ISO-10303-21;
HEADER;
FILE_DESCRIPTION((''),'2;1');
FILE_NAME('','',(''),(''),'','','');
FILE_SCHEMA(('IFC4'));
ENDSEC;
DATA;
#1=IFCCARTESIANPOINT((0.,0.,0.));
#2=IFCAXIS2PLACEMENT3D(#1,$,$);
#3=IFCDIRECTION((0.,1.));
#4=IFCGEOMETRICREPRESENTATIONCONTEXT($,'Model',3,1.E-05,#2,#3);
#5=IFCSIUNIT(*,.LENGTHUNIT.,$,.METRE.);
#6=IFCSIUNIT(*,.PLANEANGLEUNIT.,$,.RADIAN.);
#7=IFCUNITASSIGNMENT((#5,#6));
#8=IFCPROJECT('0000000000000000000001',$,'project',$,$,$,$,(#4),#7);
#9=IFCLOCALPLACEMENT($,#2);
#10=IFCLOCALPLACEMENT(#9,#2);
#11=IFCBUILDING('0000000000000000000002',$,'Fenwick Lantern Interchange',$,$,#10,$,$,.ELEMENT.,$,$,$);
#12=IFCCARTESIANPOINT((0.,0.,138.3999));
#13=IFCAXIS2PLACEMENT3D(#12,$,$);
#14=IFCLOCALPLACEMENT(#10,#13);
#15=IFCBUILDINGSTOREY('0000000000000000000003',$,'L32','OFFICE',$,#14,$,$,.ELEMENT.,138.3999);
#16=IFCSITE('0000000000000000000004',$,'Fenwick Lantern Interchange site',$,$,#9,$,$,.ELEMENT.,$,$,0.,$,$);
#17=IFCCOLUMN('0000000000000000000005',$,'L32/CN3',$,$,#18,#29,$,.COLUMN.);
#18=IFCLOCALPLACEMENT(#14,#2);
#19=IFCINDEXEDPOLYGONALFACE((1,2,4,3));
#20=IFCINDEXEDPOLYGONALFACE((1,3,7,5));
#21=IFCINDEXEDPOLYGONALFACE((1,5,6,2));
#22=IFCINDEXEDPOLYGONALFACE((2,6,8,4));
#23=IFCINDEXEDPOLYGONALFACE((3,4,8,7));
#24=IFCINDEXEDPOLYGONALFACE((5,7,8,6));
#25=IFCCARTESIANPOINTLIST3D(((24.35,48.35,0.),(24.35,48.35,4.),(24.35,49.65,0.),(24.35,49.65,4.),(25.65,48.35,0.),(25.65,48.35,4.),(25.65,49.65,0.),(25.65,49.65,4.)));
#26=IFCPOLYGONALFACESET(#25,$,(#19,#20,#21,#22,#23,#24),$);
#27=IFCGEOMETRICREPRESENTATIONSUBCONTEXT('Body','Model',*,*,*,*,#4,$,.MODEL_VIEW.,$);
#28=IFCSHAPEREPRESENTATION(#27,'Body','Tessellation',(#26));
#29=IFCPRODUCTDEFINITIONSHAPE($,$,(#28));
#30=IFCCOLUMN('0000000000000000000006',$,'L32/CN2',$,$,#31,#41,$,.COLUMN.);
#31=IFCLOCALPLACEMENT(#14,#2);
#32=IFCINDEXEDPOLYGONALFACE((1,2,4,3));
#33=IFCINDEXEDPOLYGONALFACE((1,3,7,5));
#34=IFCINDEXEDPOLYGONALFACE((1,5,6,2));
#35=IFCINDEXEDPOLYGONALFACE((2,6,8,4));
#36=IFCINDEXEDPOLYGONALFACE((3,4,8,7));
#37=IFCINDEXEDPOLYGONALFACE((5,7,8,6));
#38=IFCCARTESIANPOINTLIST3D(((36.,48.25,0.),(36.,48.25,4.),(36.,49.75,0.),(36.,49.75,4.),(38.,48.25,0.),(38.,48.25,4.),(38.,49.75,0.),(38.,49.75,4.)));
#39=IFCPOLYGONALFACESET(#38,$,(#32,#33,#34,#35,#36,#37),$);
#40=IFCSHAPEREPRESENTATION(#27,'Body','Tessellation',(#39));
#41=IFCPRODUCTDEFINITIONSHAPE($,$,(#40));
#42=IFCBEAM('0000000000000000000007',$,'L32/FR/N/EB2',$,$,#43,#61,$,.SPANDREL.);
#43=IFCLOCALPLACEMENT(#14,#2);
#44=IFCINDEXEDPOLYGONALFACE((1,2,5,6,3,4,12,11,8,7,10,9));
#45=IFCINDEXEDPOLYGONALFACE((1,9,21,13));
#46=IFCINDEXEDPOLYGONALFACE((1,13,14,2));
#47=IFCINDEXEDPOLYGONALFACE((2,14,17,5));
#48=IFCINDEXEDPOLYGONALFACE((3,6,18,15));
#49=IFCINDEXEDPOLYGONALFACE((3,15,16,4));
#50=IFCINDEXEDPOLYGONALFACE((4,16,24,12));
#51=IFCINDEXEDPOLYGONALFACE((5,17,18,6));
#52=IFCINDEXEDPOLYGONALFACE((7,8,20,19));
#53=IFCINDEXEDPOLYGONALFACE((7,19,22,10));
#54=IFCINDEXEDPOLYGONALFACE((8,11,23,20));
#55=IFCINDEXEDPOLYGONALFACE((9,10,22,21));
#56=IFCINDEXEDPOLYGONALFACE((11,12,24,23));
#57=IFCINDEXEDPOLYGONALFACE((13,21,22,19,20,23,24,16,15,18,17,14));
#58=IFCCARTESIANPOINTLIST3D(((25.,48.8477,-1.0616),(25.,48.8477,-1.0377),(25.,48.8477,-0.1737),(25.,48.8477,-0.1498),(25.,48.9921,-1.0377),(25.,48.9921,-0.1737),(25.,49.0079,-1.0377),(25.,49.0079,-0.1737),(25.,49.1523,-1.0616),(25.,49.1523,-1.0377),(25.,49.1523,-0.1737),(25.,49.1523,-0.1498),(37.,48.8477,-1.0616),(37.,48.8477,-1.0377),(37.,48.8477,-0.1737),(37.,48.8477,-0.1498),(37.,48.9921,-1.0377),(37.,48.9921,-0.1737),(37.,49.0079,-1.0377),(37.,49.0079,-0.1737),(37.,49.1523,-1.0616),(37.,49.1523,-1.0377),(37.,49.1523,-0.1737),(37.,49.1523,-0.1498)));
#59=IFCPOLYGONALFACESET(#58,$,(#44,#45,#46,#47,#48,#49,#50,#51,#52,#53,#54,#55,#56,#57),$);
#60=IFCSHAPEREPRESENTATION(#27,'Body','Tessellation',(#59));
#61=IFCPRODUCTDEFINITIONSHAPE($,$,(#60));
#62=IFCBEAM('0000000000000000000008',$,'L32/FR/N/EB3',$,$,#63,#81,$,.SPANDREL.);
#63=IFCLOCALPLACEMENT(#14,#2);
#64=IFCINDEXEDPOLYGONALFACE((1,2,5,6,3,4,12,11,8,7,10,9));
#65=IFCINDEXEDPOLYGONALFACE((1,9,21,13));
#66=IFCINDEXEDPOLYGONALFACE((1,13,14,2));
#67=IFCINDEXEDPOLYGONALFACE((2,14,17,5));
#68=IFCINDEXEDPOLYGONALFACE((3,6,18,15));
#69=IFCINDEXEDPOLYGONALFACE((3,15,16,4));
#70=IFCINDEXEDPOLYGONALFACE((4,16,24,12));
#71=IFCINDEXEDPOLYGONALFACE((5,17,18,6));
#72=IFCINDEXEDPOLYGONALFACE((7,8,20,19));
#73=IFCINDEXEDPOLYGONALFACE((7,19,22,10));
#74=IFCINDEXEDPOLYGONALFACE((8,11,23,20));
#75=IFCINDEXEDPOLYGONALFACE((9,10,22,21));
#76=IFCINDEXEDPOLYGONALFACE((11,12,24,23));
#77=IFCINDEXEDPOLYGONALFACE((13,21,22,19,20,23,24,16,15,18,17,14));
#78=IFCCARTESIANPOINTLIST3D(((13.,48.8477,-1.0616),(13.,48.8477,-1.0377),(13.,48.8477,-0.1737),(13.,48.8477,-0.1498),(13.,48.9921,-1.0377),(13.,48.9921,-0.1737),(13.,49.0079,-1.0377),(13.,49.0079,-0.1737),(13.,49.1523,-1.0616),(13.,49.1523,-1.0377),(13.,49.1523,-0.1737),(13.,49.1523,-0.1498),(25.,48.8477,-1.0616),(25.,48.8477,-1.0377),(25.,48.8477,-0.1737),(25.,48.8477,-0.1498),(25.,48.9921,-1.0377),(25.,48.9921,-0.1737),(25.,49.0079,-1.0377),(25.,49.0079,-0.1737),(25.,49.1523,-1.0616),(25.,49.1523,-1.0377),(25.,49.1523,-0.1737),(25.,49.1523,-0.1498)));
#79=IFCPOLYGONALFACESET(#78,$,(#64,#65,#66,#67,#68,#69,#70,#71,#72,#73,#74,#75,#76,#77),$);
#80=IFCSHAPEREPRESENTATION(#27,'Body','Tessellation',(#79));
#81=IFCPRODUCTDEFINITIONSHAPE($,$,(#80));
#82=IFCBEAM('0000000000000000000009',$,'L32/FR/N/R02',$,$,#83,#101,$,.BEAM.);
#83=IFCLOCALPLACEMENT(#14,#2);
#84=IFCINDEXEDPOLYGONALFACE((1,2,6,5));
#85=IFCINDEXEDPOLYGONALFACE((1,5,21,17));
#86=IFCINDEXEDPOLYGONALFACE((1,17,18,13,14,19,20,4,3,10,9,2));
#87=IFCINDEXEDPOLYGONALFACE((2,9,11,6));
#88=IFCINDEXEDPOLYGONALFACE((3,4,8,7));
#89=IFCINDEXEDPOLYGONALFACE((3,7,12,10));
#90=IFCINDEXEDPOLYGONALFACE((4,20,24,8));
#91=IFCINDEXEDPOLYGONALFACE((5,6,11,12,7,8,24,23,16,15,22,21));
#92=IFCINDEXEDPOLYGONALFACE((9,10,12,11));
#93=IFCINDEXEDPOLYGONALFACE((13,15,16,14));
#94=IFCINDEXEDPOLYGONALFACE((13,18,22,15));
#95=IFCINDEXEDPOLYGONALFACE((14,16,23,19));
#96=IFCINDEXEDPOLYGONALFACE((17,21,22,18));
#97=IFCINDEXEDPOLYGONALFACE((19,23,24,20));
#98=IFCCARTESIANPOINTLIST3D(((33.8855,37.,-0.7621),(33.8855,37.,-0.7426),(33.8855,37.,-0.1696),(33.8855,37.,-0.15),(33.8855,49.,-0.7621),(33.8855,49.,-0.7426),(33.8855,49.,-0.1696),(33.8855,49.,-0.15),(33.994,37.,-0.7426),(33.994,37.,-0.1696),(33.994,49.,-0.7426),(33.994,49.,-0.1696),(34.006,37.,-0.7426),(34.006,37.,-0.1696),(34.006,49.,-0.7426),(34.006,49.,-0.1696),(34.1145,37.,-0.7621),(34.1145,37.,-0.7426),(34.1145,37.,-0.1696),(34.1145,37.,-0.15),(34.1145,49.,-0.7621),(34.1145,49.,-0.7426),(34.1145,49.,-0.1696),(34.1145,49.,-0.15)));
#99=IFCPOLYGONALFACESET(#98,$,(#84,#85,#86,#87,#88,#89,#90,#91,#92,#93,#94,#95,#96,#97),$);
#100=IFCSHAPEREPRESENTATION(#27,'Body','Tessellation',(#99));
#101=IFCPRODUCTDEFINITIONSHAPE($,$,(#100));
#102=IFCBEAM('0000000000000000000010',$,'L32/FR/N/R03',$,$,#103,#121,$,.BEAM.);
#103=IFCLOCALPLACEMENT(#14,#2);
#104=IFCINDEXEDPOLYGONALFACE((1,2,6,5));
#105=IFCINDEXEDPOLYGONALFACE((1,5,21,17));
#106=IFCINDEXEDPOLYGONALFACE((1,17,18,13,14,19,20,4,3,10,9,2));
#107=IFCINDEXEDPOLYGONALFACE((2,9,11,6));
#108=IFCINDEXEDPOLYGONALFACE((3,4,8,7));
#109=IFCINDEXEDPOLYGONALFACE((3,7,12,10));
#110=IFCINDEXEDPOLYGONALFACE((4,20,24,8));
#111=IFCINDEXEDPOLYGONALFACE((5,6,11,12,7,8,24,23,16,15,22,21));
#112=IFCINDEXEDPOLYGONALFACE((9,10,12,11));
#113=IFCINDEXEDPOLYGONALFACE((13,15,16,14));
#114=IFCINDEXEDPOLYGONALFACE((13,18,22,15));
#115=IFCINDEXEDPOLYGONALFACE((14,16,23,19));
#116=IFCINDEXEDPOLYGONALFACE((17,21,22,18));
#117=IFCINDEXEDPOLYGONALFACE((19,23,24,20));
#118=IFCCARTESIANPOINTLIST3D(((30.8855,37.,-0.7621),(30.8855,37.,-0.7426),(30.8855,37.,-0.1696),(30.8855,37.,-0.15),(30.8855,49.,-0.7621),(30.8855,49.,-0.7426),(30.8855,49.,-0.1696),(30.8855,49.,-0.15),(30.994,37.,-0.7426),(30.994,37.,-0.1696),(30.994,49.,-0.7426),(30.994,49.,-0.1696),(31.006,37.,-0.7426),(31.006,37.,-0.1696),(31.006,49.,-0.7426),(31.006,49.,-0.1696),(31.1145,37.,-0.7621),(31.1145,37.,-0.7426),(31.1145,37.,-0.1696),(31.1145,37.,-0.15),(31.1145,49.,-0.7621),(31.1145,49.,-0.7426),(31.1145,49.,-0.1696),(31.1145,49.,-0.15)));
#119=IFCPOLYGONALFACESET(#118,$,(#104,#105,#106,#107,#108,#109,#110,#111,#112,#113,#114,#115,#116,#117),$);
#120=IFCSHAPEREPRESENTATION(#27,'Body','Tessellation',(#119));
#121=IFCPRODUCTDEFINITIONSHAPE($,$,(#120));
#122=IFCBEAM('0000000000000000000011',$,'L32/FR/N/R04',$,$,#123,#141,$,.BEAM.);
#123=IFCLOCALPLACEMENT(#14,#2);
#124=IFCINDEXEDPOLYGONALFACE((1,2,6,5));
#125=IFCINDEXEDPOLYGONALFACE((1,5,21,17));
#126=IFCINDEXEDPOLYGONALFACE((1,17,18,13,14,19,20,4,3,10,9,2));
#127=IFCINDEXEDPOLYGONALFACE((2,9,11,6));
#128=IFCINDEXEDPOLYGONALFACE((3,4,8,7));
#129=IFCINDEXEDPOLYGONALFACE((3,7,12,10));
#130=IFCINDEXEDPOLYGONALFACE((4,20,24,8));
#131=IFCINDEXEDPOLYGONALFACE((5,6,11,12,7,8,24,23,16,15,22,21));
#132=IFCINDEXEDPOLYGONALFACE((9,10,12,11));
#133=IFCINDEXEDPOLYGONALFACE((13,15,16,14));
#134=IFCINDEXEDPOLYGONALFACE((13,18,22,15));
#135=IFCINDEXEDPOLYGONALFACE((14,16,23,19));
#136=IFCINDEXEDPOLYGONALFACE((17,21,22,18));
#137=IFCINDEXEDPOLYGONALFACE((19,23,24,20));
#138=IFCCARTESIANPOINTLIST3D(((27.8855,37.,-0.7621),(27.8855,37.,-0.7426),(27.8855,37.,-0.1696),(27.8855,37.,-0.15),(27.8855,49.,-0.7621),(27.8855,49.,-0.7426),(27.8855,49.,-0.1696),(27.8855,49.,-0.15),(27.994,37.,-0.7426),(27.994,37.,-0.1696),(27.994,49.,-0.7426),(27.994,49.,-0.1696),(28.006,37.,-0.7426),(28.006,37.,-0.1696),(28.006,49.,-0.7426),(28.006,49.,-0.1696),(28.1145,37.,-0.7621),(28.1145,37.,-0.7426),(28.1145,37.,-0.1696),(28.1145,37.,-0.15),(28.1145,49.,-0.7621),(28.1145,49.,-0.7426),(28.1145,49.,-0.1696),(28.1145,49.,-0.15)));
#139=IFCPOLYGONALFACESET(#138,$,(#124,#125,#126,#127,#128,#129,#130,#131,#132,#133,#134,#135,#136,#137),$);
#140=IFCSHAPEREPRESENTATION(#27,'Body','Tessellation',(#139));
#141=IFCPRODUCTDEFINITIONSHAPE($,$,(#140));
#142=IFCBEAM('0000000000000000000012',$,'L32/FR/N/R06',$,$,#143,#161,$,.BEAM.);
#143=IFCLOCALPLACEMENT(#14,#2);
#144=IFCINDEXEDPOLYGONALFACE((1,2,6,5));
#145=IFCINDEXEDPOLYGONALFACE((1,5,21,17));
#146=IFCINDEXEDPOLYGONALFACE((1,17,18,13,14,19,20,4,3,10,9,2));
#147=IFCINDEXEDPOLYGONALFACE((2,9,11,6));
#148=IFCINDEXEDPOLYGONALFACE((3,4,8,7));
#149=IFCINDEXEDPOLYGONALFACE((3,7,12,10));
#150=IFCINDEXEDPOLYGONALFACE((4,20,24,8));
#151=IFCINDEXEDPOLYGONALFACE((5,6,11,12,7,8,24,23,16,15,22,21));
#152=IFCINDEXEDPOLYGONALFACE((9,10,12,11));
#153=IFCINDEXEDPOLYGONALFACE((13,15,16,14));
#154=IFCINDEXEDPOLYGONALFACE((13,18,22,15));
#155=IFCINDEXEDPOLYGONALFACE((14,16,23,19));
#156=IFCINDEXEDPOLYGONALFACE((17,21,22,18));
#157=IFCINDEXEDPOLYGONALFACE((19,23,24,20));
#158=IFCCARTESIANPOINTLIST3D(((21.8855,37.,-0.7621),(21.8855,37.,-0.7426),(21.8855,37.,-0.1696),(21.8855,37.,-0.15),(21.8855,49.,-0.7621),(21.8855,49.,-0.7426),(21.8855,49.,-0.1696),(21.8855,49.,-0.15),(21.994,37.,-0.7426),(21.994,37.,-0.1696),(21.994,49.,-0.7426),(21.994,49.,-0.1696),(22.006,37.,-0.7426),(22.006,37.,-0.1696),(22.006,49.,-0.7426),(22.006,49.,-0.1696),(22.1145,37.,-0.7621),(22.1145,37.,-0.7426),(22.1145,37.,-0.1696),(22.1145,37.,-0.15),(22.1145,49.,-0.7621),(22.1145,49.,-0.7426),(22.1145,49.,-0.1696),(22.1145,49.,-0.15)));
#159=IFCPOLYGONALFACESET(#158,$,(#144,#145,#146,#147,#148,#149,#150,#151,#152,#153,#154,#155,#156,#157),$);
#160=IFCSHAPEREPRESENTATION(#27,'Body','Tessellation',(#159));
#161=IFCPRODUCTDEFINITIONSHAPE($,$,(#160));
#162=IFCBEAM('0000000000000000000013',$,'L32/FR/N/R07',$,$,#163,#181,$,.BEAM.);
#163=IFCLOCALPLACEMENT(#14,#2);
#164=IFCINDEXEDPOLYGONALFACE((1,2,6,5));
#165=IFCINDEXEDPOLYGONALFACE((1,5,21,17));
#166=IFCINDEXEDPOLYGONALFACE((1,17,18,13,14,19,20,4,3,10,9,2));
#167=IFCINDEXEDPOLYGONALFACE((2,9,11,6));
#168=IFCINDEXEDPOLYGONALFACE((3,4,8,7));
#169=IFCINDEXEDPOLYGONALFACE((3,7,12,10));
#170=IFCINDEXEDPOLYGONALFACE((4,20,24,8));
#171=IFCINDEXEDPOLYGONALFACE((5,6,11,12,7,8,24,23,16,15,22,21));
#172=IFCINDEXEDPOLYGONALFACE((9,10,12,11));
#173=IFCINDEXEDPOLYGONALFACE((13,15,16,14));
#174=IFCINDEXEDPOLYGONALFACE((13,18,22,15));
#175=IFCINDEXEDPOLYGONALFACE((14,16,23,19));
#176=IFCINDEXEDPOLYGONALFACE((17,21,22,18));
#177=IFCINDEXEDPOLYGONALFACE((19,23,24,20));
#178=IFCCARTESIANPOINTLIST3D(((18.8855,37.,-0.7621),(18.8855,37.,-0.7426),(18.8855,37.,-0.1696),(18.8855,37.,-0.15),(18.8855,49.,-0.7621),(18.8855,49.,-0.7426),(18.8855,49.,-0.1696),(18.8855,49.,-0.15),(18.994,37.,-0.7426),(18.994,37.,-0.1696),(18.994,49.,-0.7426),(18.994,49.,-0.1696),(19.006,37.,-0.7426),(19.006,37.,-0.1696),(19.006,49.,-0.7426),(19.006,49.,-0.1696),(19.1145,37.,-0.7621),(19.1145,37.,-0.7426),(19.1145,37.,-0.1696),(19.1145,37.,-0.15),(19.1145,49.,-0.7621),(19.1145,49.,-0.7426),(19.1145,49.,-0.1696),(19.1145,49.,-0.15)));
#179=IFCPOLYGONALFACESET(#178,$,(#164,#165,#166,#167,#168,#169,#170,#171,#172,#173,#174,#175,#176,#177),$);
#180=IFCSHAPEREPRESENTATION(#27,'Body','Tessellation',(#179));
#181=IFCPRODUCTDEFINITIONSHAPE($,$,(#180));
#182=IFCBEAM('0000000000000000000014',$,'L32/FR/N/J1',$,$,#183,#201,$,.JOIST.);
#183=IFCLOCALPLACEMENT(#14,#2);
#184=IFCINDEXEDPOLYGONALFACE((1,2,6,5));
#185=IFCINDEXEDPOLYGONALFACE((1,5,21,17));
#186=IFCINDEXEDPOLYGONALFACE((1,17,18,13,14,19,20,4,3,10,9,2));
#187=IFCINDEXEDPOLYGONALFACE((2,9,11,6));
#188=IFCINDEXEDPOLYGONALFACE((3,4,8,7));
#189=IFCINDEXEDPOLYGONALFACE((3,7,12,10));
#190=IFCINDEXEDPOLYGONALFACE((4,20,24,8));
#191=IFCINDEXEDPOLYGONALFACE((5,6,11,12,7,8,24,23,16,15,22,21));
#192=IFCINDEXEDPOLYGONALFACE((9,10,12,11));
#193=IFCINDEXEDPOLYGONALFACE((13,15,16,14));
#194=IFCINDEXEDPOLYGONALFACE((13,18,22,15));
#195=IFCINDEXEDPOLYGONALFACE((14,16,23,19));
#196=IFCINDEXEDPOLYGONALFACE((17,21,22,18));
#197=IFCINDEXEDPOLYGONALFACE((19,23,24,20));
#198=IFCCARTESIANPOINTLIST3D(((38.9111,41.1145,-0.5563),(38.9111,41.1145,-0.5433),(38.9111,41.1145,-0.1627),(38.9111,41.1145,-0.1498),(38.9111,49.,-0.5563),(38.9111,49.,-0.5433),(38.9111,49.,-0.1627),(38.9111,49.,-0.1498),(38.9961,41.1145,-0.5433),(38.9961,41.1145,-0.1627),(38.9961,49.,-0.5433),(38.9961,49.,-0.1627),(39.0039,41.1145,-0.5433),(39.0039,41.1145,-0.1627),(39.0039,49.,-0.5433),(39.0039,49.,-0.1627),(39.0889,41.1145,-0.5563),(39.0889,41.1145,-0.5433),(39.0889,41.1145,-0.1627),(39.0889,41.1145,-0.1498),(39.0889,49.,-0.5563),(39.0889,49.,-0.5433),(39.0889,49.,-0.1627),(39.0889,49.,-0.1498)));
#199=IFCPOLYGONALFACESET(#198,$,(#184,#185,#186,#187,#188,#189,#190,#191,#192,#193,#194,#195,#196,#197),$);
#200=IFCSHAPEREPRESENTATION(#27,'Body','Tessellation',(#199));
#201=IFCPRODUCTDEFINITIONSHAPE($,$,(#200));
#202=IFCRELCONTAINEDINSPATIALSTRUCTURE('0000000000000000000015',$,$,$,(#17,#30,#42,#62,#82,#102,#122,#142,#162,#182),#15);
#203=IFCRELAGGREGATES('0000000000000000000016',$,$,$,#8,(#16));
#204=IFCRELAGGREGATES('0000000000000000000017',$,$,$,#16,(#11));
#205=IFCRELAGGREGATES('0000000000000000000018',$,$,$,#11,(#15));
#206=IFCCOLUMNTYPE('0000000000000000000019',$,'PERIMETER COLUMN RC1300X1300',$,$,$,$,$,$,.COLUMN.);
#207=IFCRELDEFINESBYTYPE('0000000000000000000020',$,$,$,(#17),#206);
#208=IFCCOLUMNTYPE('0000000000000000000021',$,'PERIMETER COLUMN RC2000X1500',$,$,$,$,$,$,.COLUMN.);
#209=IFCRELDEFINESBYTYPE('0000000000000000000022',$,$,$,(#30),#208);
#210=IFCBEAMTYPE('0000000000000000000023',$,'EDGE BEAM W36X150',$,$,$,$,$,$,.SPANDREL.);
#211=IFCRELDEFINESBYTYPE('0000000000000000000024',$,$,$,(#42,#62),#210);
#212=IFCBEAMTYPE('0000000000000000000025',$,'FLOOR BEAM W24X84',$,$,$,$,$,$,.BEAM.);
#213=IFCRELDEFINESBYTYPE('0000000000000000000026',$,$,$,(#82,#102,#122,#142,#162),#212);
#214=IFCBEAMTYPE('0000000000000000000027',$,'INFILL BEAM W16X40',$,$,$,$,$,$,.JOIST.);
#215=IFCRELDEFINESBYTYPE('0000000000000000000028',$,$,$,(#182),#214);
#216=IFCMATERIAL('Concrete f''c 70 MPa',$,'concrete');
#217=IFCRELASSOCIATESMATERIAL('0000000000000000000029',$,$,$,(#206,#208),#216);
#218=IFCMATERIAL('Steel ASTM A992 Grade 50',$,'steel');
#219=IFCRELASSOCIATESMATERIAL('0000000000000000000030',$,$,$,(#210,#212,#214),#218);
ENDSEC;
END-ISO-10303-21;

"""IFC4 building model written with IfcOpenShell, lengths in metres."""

from ifc_helpers import new_model, si_unit, direction, frame, origin, origin_2d, place, context, subcontext, project, spatial, rectangle, i_section, extrude, material, material_profile, profile_set, type_object, element, save


model = new_model("IFC4")

# Units and contexts
model_context = context("Model", 3, precision=1e-05, world=origin(), true_north=direction((0.0, 1.0)))
body_context = subcontext(model_context, "Body", "Model", "MODEL_VIEW")
ifc_project = project(units=[si_unit("LENGTHUNIT", "METRE"), si_unit("PLANEANGLEUNIT", "RADIAN")], contexts=[model_context])

# Site, building, storey
site_placement = place(None, origin())
site = spatial("IfcSite", under=ifc_project, at=site_placement, Name="Fenwick Lantern Interchange site", CompositionType="ELEMENT", RefElevation=0.0)
building_placement = place(site_placement, origin())
building = spatial("IfcBuilding", under=site, at=building_placement, Name="Fenwick Lantern Interchange", CompositionType="ELEMENT")
storey_placement = place(building_placement, frame((0.0, 0.0, 138.3999)))
storey = spatial("IfcBuildingStorey", under=building, at=storey_placement, Name="L32", Description="OFFICE", CompositionType="ELEMENT", Elevation=138.3999)

# Columns
ifc_material_1 = material(Name="Concrete f'c 70 MPa", Category="concrete")
ifc_material_profile_1 = material_profile(ifc_material_1, rectangle(XDim=1.3, YDim=1.3, at=origin_2d()), Name="RC1300X1300")
ifc_profile_set_1 = profile_set([ifc_material_profile_1], Name="Concrete f'c 70 MPa")
column_type_1 = type_object("IfcColumnType", Name="PERIMETER COLUMN RC1300X1300", PredefinedType="COLUMN", material=ifc_profile_set_1)
column_1_placement = place(storey_placement, frame((25.0, 49.0, 0.0), z_axis=(0.0, 0.0, 1.0), x_axis=(1.0, 0.0, 0.0)))
element("IfcColumn", 1, at=column_1_placement, inside=storey, type_object=column_type_1, Name="L32/CN3", PredefinedType="COLUMN", context=body_context, shape_type="SweptSolid", body=[
    extrude(rectangle(XDim=1.3, YDim=1.3, at=origin_2d()), origin(), (0.0, 0.0, 1.0), 4.0),
])
ifc_material_profile_2 = material_profile(ifc_material_1, rectangle(XDim=2.0, YDim=1.5, at=origin_2d()), Name="RC2000X1500")
ifc_profile_set_2 = profile_set([ifc_material_profile_2], Name="Concrete f'c 70 MPa")
column_type_2 = type_object("IfcColumnType", Name="PERIMETER COLUMN RC2000X1500", PredefinedType="COLUMN", material=ifc_profile_set_2)
column_2_placement = place(storey_placement, frame((37.0, 49.0, 0.0), z_axis=(0.0, 0.0, 1.0), x_axis=(1.0, 0.0, 0.0)))
element("IfcColumn", 2, at=column_2_placement, inside=storey, type_object=column_type_2, Name="L32/CN2", PredefinedType="COLUMN", context=body_context, shape_type="SweptSolid", body=[
    extrude(rectangle(XDim=2.0, YDim=1.5, at=origin_2d()), origin(), (0.0, 0.0, 1.0), 4.0),
])

# Beams
ifc_material_2 = material(Name="Steel ASTM A992 Grade 50", Category="steel")
ifc_material_profile_3 = material_profile(ifc_material_2, i_section(OverallWidth=0.3047, OverallDepth=0.9119, WebThickness=0.0159, FlangeThickness=0.0239, at=origin_2d()), Name="W36X150")
ifc_profile_set_3 = profile_set([ifc_material_profile_3], Name="Steel ASTM A992 Grade 50")
beam_type_1 = type_object("IfcBeamType", Name="EDGE BEAM W36X150", PredefinedType="SPANDREL", material=ifc_profile_set_3)
for number, where, z_axis, x_axis, name in (
    (3, (37.0, 49.0, -0.6057), (-1.0, 0.0, 0.0), (0.0, -1.0, 0.0), "L32/FR/N/EB2"),
    (4, (25.0, 49.0, -0.6057), (-1.0, 0.0, 0.0), (0.0, -1.0, 0.0), "L32/FR/N/EB3"),
):
    element("IfcBeam", number, at=place(storey_placement, frame(where, z_axis=z_axis, x_axis=x_axis)), inside=storey, type_object=beam_type_1, Name=name, PredefinedType="SPANDREL", context=body_context, shape_type="SweptSolid", body=[
        extrude(i_section(OverallWidth=0.3047, OverallDepth=0.9119, WebThickness=0.0159, FlangeThickness=0.0239, at=origin_2d()), origin(), (0.0, 0.0, 1.0), 12.0),
    ])
ifc_material_profile_4 = material_profile(ifc_material_2, i_section(OverallWidth=0.229, OverallDepth=0.6121, WebThickness=0.012, FlangeThickness=0.0195, at=origin_2d()), Name="W24X84")
ifc_profile_set_4 = profile_set([ifc_material_profile_4], Name="Steel ASTM A992 Grade 50")
beam_type_2 = type_object("IfcBeamType", Name="FLOOR BEAM W24X84", PredefinedType="BEAM", material=ifc_profile_set_4)
for number, where, z_axis, x_axis, name in (
    (5, (34.0, 49.0, -0.4561), (0.0, -1.0, 0.0), (1.0, 0.0, 0.0), "L32/FR/N/R02"),
    (6, (31.0, 49.0, -0.4561), (0.0, -1.0, 0.0), (1.0, 0.0, 0.0), "L32/FR/N/R03"),
    (7, (28.0, 49.0, -0.4561), (0.0, -1.0, 0.0), (1.0, 0.0, 0.0), "L32/FR/N/R04"),
    (8, (22.0, 49.0, -0.4561), (0.0, -1.0, 0.0), (1.0, 0.0, 0.0), "L32/FR/N/R06"),
    (9, (19.0, 49.0, -0.4561), (0.0, -1.0, 0.0), (1.0, 0.0, 0.0), "L32/FR/N/R07"),
):
    element("IfcBeam", number, at=place(storey_placement, frame(where, z_axis=z_axis, x_axis=x_axis)), inside=storey, type_object=beam_type_2, Name=name, PredefinedType="BEAM", context=body_context, shape_type="SweptSolid", body=[
        extrude(i_section(OverallWidth=0.229, OverallDepth=0.6121, WebThickness=0.012, FlangeThickness=0.0195, at=origin_2d()), origin(), (0.0, 0.0, 1.0), 12.0),
    ])
ifc_material_profile_5 = material_profile(ifc_material_2, i_section(OverallWidth=0.1777, OverallDepth=0.4065, WebThickness=0.0078, FlangeThickness=0.0129, at=origin_2d()), Name="W16X40")
ifc_profile_set_5 = profile_set([ifc_material_profile_5], Name="Steel ASTM A992 Grade 50")
beam_type_3 = type_object("IfcBeamType", Name="INFILL BEAM W16X40", PredefinedType="JOIST", material=ifc_profile_set_5)
beam_1_placement = place(storey_placement, frame((39.0, 49.0, -0.353), z_axis=(0.0, -1.0, 0.0), x_axis=(1.0, 0.0, 0.0)))
element("IfcBeam", 10, at=beam_1_placement, inside=storey, type_object=beam_type_3, Name="L32/FR/N/J1", PredefinedType="JOIST", context=body_context, shape_type="SweptSolid", body=[
    extrude(i_section(OverallWidth=0.1777, OverallDepth=0.4065, WebThickness=0.0078, FlangeThickness=0.0129, at=origin_2d()), origin(), (0.0, 0.0, 1.0), 7.8855),
])

save(model, "model.ifc")
